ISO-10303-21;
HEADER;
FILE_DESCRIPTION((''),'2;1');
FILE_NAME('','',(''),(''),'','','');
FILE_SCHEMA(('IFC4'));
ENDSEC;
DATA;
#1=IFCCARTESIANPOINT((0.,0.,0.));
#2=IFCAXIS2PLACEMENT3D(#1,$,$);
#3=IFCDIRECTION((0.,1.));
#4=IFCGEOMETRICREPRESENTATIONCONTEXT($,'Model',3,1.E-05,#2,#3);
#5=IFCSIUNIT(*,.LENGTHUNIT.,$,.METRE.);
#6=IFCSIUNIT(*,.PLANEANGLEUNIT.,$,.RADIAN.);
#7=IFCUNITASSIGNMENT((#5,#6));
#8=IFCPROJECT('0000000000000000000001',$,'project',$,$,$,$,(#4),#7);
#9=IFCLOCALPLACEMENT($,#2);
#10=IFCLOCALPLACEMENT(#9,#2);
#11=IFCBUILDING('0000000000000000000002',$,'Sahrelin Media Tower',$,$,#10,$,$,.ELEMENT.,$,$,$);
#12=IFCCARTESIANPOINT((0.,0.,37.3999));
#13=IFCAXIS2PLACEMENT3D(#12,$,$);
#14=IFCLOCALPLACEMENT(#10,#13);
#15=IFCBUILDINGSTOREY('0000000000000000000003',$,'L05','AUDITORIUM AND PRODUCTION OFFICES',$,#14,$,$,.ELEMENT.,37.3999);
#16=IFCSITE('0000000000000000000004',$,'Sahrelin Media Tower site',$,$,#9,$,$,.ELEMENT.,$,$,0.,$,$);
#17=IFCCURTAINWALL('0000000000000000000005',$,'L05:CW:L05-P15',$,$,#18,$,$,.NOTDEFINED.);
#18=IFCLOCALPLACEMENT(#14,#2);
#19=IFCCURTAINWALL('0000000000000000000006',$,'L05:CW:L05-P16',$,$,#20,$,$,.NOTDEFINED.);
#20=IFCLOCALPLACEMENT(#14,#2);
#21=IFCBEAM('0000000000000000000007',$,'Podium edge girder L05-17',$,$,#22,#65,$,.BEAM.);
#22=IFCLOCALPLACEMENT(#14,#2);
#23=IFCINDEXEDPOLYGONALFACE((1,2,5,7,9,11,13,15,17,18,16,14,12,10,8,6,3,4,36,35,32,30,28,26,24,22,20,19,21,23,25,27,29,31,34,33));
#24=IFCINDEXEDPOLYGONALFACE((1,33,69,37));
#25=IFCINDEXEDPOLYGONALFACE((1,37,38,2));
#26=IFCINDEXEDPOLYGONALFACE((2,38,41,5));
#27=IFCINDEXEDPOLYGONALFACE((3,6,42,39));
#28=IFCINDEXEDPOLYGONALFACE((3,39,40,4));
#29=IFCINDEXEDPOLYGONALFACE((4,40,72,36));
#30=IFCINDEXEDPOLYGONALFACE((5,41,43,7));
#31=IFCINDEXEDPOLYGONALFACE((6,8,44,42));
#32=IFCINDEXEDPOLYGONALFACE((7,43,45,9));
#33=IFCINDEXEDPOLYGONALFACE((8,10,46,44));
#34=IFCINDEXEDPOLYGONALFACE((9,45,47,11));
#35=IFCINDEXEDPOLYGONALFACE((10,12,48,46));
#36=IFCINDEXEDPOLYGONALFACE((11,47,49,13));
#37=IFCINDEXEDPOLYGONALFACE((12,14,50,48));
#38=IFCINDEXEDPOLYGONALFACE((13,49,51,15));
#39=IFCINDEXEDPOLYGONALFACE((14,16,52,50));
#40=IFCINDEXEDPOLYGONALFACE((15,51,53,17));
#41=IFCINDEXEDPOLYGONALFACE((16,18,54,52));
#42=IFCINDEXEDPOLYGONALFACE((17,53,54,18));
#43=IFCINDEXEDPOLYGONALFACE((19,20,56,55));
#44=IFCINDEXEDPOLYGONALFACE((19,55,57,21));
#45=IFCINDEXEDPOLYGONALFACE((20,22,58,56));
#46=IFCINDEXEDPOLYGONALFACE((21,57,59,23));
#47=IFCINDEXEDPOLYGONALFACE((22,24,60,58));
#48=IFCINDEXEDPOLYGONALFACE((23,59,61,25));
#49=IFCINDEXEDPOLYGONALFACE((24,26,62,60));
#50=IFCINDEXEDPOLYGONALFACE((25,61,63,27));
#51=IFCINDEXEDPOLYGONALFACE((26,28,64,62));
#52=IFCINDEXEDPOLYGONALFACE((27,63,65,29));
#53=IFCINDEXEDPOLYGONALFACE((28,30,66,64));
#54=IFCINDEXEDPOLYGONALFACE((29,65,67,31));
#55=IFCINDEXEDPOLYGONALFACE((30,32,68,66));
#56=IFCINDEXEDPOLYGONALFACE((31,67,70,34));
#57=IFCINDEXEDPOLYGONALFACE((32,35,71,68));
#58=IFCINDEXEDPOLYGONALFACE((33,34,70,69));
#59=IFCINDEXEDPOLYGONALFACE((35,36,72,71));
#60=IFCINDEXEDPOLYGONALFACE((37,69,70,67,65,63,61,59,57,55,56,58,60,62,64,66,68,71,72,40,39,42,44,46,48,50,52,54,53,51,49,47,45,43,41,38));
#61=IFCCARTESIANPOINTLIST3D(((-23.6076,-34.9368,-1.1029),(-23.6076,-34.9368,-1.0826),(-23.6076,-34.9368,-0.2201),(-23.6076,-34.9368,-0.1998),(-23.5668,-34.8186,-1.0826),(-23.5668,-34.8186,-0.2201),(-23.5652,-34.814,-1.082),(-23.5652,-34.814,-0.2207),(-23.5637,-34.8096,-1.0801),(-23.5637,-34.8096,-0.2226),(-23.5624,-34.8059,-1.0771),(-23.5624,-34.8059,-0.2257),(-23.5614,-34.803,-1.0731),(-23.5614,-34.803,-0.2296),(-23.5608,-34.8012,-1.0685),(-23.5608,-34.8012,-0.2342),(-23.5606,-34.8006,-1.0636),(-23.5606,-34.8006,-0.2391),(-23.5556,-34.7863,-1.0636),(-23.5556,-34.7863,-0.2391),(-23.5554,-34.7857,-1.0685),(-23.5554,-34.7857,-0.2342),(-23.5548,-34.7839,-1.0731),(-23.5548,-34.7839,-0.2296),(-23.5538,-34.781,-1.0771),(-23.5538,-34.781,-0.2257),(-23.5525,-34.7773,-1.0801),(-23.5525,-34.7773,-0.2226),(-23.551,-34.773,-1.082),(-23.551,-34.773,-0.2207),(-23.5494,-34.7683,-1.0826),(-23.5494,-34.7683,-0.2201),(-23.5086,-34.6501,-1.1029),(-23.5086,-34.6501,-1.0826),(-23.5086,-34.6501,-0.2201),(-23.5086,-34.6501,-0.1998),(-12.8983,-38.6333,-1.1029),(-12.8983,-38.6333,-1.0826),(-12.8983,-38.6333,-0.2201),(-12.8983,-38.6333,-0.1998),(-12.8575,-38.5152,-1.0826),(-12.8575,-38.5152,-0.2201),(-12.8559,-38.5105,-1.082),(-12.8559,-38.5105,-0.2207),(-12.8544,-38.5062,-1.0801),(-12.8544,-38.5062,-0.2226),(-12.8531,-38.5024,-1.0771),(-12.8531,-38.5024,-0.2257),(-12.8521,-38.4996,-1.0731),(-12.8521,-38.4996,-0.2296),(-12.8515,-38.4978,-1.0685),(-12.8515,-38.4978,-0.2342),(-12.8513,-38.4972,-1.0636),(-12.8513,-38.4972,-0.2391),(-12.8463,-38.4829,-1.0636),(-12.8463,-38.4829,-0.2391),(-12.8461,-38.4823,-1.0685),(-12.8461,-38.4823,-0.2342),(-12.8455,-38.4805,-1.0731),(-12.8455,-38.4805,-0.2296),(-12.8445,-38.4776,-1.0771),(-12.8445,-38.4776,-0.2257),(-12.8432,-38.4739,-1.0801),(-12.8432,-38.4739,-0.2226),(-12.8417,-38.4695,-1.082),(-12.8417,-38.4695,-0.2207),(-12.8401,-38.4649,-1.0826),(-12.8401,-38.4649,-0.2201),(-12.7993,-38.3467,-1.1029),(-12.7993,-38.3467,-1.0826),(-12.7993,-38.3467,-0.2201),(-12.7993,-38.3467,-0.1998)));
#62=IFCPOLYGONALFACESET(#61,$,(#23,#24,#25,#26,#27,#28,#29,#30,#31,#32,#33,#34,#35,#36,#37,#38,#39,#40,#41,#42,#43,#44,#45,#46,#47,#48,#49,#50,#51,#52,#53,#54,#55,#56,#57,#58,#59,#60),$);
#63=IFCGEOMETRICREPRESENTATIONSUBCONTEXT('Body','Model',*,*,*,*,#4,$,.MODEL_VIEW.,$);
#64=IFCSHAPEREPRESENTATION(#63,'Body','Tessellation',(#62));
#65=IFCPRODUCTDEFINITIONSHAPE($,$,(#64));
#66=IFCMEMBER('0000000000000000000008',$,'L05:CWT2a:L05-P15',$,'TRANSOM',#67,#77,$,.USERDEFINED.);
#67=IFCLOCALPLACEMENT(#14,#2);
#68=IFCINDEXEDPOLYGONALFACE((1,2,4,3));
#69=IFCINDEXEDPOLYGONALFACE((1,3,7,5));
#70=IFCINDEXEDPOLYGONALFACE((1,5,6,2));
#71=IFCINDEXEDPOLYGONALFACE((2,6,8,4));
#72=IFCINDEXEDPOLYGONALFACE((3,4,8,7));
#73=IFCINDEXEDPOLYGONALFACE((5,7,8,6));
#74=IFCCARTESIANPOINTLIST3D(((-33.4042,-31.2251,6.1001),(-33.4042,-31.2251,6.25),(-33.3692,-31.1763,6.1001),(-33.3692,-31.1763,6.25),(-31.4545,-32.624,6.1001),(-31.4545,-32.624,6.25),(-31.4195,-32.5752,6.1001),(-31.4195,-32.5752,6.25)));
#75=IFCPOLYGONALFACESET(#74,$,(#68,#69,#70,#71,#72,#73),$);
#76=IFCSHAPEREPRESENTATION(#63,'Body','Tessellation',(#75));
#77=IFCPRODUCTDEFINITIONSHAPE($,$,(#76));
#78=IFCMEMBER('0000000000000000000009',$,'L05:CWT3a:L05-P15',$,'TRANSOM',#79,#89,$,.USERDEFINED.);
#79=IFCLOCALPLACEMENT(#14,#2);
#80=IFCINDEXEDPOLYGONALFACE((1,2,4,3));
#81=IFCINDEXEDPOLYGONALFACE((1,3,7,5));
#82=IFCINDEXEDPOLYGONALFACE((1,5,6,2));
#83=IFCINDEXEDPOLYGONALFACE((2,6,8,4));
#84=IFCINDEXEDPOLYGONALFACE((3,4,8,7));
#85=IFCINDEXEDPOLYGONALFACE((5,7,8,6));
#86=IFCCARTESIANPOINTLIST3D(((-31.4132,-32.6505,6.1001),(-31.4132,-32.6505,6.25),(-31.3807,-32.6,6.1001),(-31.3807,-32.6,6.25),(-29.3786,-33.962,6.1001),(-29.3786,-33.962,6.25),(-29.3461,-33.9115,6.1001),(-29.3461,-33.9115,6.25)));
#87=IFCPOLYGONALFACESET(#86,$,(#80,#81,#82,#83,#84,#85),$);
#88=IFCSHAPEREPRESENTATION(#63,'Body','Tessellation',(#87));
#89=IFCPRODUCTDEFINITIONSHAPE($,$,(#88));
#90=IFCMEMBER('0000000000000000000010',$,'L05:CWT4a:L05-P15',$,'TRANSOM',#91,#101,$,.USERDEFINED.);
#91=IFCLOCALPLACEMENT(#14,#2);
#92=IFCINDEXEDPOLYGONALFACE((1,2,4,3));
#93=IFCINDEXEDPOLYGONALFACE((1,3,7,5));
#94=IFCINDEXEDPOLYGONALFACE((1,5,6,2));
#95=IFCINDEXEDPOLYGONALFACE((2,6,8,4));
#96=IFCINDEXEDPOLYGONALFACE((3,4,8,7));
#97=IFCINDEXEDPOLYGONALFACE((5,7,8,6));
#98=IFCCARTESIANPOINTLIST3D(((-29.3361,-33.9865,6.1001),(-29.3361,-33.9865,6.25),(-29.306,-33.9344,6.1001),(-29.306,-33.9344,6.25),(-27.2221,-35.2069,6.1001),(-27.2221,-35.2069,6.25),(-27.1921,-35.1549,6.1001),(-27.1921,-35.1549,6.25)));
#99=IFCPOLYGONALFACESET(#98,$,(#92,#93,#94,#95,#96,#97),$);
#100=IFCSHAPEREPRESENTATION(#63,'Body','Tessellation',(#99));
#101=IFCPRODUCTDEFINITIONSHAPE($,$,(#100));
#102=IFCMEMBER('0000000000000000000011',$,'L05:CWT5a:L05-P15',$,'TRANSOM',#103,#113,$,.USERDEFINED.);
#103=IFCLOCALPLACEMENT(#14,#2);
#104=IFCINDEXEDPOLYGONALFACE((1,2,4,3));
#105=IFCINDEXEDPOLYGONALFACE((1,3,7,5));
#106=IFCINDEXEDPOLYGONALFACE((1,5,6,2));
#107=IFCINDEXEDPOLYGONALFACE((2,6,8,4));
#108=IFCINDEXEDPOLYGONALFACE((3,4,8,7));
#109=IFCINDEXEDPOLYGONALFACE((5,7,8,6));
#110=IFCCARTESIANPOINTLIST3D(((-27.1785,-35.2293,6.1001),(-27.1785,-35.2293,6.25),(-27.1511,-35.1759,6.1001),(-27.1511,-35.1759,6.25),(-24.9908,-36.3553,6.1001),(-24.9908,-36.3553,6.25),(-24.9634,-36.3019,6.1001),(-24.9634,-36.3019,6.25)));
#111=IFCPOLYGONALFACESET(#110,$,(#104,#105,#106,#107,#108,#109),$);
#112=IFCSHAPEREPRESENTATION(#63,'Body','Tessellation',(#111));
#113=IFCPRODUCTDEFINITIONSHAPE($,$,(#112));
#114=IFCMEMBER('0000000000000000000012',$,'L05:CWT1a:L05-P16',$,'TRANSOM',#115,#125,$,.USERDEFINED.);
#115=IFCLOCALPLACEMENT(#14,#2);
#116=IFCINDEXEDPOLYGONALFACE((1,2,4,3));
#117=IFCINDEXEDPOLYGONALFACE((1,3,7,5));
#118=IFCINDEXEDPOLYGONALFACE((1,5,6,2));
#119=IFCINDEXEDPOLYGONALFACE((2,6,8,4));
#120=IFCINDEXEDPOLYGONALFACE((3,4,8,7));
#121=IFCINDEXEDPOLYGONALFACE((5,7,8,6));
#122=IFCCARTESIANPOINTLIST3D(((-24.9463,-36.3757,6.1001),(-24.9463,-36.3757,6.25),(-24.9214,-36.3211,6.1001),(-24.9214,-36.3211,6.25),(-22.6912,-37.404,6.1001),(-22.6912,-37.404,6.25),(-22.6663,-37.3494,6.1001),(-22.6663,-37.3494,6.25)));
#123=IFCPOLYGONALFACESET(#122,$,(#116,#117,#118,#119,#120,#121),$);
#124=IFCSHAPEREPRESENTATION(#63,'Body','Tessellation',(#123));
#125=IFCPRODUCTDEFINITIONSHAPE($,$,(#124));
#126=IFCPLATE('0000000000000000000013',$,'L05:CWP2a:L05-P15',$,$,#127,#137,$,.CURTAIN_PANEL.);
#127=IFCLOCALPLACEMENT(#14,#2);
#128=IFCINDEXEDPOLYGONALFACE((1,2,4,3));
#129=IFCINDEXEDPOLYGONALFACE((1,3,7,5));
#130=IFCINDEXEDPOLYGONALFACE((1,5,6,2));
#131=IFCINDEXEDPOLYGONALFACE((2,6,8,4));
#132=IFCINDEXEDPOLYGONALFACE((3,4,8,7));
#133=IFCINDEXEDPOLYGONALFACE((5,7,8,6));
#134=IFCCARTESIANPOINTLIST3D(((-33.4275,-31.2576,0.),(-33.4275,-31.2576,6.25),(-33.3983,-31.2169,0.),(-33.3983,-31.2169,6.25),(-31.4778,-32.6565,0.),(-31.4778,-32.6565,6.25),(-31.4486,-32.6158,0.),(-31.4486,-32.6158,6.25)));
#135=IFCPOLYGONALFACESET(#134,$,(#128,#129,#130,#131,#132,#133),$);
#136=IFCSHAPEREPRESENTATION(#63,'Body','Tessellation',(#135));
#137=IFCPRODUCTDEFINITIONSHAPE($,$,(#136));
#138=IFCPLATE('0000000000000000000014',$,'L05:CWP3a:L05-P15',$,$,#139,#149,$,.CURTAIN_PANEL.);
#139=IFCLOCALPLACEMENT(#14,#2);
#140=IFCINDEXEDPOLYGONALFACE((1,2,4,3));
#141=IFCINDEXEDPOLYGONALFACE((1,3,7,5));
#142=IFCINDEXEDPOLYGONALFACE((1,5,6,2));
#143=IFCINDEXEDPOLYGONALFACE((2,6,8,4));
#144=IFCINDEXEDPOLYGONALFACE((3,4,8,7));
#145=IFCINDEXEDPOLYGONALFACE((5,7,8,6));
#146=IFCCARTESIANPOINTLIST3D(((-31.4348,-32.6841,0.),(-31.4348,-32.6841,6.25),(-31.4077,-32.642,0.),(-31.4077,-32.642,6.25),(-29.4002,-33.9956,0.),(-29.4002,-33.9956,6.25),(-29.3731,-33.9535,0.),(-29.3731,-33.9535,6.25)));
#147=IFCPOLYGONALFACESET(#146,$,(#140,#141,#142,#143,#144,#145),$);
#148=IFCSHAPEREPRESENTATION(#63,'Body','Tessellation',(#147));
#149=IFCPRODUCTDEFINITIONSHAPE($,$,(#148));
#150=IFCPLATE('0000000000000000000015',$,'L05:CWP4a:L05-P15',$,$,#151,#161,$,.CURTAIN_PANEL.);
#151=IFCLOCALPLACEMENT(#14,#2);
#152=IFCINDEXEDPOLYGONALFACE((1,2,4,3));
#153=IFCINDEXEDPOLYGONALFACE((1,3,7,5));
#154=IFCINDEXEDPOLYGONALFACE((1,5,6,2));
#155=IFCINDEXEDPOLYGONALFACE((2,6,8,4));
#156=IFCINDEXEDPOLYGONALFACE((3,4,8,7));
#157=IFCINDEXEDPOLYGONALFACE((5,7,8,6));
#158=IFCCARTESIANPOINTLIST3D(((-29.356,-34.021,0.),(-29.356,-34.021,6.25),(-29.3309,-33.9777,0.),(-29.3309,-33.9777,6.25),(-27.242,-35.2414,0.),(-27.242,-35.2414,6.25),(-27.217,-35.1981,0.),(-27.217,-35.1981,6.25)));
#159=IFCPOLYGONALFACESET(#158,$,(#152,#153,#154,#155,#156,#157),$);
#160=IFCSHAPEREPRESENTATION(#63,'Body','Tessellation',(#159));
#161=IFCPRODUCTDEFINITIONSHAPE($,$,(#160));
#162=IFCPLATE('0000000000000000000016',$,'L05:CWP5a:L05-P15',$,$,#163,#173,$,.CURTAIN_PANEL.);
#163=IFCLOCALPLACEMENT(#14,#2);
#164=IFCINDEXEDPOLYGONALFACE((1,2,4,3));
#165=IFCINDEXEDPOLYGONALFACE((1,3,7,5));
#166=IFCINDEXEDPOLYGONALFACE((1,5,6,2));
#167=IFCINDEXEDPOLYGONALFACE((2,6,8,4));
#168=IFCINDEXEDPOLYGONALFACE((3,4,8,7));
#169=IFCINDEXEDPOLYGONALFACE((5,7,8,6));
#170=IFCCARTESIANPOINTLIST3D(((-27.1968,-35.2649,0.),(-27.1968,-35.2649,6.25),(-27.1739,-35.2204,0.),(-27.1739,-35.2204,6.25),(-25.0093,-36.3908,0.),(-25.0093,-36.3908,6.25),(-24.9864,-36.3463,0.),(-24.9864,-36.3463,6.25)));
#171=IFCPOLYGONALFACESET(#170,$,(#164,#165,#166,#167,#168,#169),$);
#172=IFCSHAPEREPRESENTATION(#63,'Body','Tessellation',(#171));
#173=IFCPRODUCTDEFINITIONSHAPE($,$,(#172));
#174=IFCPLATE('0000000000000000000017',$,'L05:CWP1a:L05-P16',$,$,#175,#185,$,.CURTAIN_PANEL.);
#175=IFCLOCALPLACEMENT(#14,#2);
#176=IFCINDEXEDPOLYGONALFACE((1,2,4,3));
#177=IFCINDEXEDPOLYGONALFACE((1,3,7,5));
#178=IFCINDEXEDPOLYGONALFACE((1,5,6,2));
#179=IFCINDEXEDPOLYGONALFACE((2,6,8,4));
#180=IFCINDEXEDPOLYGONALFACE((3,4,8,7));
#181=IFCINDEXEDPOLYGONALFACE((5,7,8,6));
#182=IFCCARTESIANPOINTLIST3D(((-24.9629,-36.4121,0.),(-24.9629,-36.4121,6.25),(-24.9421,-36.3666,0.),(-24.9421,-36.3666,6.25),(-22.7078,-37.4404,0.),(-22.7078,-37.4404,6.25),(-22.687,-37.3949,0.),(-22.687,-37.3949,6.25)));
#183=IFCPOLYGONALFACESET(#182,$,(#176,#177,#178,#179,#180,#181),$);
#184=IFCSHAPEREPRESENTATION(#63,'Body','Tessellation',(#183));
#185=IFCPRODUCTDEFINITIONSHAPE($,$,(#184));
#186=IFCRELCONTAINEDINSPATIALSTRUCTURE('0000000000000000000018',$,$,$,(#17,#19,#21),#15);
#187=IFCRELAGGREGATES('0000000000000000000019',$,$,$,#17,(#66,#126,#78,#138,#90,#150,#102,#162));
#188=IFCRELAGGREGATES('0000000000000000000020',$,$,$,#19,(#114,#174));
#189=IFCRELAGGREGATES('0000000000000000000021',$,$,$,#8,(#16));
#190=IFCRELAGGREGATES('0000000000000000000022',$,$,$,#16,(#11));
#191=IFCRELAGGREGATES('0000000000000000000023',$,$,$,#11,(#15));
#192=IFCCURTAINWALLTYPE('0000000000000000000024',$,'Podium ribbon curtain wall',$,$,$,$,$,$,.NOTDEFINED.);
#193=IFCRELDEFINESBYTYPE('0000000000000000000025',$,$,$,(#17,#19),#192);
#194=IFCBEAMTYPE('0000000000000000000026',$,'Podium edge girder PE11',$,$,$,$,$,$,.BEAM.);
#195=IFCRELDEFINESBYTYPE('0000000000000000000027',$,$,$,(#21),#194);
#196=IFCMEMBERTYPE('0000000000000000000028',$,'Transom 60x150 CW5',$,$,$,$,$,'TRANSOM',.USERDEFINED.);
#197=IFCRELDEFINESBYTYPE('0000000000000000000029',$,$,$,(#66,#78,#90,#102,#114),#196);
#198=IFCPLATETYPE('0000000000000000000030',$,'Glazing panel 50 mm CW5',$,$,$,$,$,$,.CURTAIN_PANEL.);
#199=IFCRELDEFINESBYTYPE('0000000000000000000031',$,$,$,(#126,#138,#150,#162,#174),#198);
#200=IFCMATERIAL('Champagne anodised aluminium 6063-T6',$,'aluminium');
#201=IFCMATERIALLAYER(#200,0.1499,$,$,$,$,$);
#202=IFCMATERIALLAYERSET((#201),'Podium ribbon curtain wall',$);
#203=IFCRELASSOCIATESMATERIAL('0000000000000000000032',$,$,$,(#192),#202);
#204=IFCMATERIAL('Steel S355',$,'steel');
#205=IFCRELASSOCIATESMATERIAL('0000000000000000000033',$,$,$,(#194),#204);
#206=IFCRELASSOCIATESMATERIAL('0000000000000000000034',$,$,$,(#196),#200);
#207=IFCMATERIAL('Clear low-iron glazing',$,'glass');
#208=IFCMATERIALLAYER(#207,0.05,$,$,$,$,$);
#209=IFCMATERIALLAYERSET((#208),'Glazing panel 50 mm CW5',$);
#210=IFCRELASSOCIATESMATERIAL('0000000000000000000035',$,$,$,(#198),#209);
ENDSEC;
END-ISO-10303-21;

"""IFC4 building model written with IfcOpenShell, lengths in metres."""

from ifc_helpers import new_model, si_unit, direction, frame, origin, origin_2d, place, context, subcontext, project, spatial, polyline, rectangle, i_section, outline, extrude, material, layer, layer_set, material_profile, profile_set, type_object, element, aggregate, save


model = new_model("IFC4")

# Units and contexts
model_context = context("Model", 3, precision=1e-05, world=origin(), true_north=direction((0.0, 1.0)))
body_context = subcontext(model_context, "Body", "Model", "MODEL_VIEW")
ifc_project = project(units=[si_unit("LENGTHUNIT", "METRE"), si_unit("PLANEANGLEUNIT", "RADIAN")], contexts=[model_context])

# Site, building, storey
site_placement = place(None, origin())
site = spatial("IfcSite", under=ifc_project, at=site_placement, Name="Sahrelin Media Tower site", CompositionType="ELEMENT", RefElevation=0.0)
building_placement = place(site_placement, origin())
building = spatial("IfcBuilding", under=site, at=building_placement, Name="Sahrelin Media Tower", CompositionType="ELEMENT")
storey_placement = place(building_placement, frame((0.0, 0.0, 37.3999)))
storey = spatial("IfcBuildingStorey", under=building, at=storey_placement, Name="L05", Description="AUDITORIUM AND PRODUCTION OFFICES", CompositionType="ELEMENT", Elevation=37.3999)

# Curtain wall
ifc_material_1 = material(Name="Champagne anodised aluminium 6063-T6", Category="aluminium")
ifc_layer_1 = layer(ifc_material_1, 0.1499)
ifc_layer_set_1 = layer_set([ifc_layer_1], Name="Podium ribbon curtain wall")
curtain_wall_type = type_object("IfcCurtainWallType", Name="Podium ribbon curtain wall", PredefinedType="NOTDEFINED", material=ifc_layer_set_1)
curtain_wall_1_placement = place(storey_placement, frame((-35.3552, -29.6985, 0.0), z_axis=(0.0, 0.0, 1.0), x_axis=(1.0, 0.0, 0.0)))
curtain_wall_1 = element("IfcCurtainWall", 1, at=curtain_wall_1_placement, inside=storey, type_object=curtain_wall_type, Name="L05:CW:L05-P15", PredefinedType="NOTDEFINED")

# Curtain wall
curtain_wall_2_placement = place(storey_placement, frame((-25.0, -36.373, 0.0), z_axis=(0.0, 0.0, 1.0), x_axis=(1.0, 0.0, 0.0)))
curtain_wall_2 = element("IfcCurtainWall", 2, at=curtain_wall_2_placement, inside=storey, type_object=curtain_wall_type, Name="L05:CW:L05-P16", PredefinedType="NOTDEFINED")

# Beam
ifc_material_2 = material(Name="Steel S355", Category="steel")
ifc_material_profile_1 = material_profile(ifc_material_2, i_section(OverallWidth=0.3032, OverallDepth=0.9031, WebThickness=0.0151, FlangeThickness=0.0203, FilletRadius=0.019, at=origin_2d()), Name="UB 914x305x201")
ifc_profile_set_1 = profile_set([ifc_material_profile_1], Name="Steel S355")
beam_type = type_object("IfcBeamType", Name="Podium edge girder PE11", PredefinedType="BEAM", material=ifc_profile_set_1)
beam_1_placement = place(storey_placement, frame((-23.5581, -34.7935, -0.6514), z_axis=(0.945272, -0.326282, 0.0), x_axis=(0.326282, 0.945272, 0.0)))
element("IfcBeam", 3, at=beam_1_placement, inside=storey, type_object=beam_type, Name="Podium edge girder L05-17", PredefinedType="BEAM", context=body_context, shape_type="SweptSolid", body=[
    extrude(i_section(OverallWidth=0.3032, OverallDepth=0.9031, WebThickness=0.0151, FlangeThickness=0.0203, FilletRadius=0.019, at=origin_2d()), origin(), (0.0, 0.0, 1.0), 11.3293),
])

# Members
ifc_material_profile_2 = material_profile(ifc_material_1, rectangle(XDim=0.0601, YDim=0.1499, at=origin_2d()), Name="Transom 60x150")
ifc_profile_set_2 = profile_set([ifc_material_profile_2], Name="Champagne anodised aluminium 6063-T6")
member_type_1 = type_object("IfcMemberType", Name="Transom 60x150 CW5", ElementType="TRANSOM", PredefinedType="USERDEFINED", material=ifc_profile_set_2)
member_1_placement = place(storey_placement, frame((-33.3867, -31.2007, 6.175), z_axis=(0.812494, -0.582969, 0.0), x_axis=(0.582969, 0.812494, 0.0)))
member_1 = element("IfcMember", 4, at=member_1_placement, type_object=member_type_1, Name="L05:CWT2a:L05-P15", ObjectType="TRANSOM", PredefinedType="USERDEFINED", context=body_context, shape_type="SweptSolid", body=[
    extrude(rectangle(XDim=0.0601, YDim=0.1499, at=origin_2d()), origin(), (0.0, 0.0, 1.0), 2.3997),
])
member_2_placement = place(storey_placement, frame((-31.397, -32.6252, 6.175), z_axis=(0.840516, -0.541787, 0.0), x_axis=(0.541787, 0.840516, 0.0)))
member_2 = element("IfcMember", 5, at=member_2_placement, type_object=member_type_1, Name="L05:CWT3a:L05-P15", ObjectType="TRANSOM", PredefinedType="USERDEFINED", context=body_context, shape_type="SweptSolid", body=[
    extrude(rectangle(XDim=0.0601, YDim=0.1499, at=origin_2d()), origin(), (0.0, 0.0, 1.0), 2.4207),
])
member_3_placement = place(storey_placement, frame((-29.321, -33.9604, 6.175), z_axis=(0.866037, -0.499979, 0.0), x_axis=(0.499979, 0.866037, 0.0)))
member_3 = element("IfcMember", 6, at=member_3_placement, type_object=member_type_1, Name="L05:CWT4a:L05-P15", ObjectType="TRANSOM", PredefinedType="USERDEFINED", context=body_context, shape_type="SweptSolid", body=[
    extrude(rectangle(XDim=0.0601, YDim=0.1499, at=origin_2d()), origin(), (0.0, 0.0, 1.0), 2.4409),
])
member_4_placement = place(storey_placement, frame((-27.1648, -35.2026, 6.175), z_axis=(0.889147, -0.457622, 0.0), x_axis=(0.457622, 0.889147, 0.0)))
member_4 = element("IfcMember", 7, at=member_4_placement, type_object=member_type_1, Name="L05:CWT5a:L05-P15", ObjectType="TRANSOM", PredefinedType="USERDEFINED", context=body_context, shape_type="SweptSolid", body=[
    extrude(rectangle(XDim=0.0601, YDim=0.1499, at=origin_2d()), origin(), (0.0, 0.0, 1.0), 2.4604),
])
member_5_placement = place(storey_placement, frame((-24.9338, -36.3484, 6.175), z_axis=(0.90987, -0.414894, 0.0), x_axis=(0.414894, 0.90987, 0.0)))
member_5 = element("IfcMember", 8, at=member_5_placement, type_object=member_type_1, Name="L05:CWT1a:L05-P16", ObjectType="TRANSOM", PredefinedType="USERDEFINED", context=body_context, shape_type="SweptSolid", body=[
    extrude(rectangle(XDim=0.0601, YDim=0.1499, at=origin_2d()), origin(), (0.0, 0.0, 1.0), 2.4785),
])

# Plates
ifc_material_3 = material(Name="Clear low-iron glazing", Category="glass")
ifc_layer_2 = layer(ifc_material_3, 0.05)
ifc_layer_set_2 = layer_set([ifc_layer_2], Name="Glazing panel 50 mm CW5")
plate_type = type_object("IfcPlateType", Name="Glazing panel 50 mm CW5", PredefinedType="CURTAIN_PANEL", material=ifc_layer_set_2)
plate_1_placement = place(storey_placement, frame((-33.4275, -31.2576, 0.0), z_axis=(-0.582969, -0.812494, 0.0), x_axis=(0.812494, -0.582969, 0.0)))
plate_1 = element("IfcPlate", 9, at=plate_1_placement, type_object=plate_type, Name="L05:CWP2a:L05-P15", PredefinedType="CURTAIN_PANEL", context=body_context, shape_type="SweptSolid", body=[
    extrude(outline(polyline([(0.0, 0.0), (2.3997, 0.0), (2.3997, 6.25), (0.0, 6.25), (0.0, 0.0)])), origin(), (0.0, 0.0, -1.0), 0.05),
])
plate_2_placement = place(storey_placement, frame((-31.4348, -32.6841, 0.0), z_axis=(-0.541787, -0.840516, 0.0), x_axis=(0.840516, -0.541787, 0.0)))
plate_2 = element("IfcPlate", 10, at=plate_2_placement, type_object=plate_type, Name="L05:CWP3a:L05-P15", PredefinedType="CURTAIN_PANEL", context=body_context, shape_type="SweptSolid", body=[
    extrude(outline(polyline([(0.0, 0.0), (2.4207, 0.0), (2.4207, 6.25), (0.0, 6.25), (0.0, 0.0)])), origin(), (0.0, 0.0, -1.0), 0.05),
])
plate_3_placement = place(storey_placement, frame((-29.356, -34.021, 0.0), z_axis=(-0.499979, -0.866037, 0.0), x_axis=(0.866037, -0.499979, 0.0)))
plate_3 = element("IfcPlate", 11, at=plate_3_placement, type_object=plate_type, Name="L05:CWP4a:L05-P15", PredefinedType="CURTAIN_PANEL", context=body_context, shape_type="SweptSolid", body=[
    extrude(outline(polyline([(0.0, 0.0), (2.4409, 0.0), (2.4409, 6.25), (0.0, 6.25), (0.0, 0.0)])), origin(), (0.0, 0.0, -1.0), 0.05),
])
plate_4_placement = place(storey_placement, frame((-27.1968, -35.2649, 0.0), z_axis=(-0.457662, -0.889126, 0.0), x_axis=(0.889126, -0.457662, 0.0)))
plate_4 = element("IfcPlate", 12, at=plate_4_placement, type_object=plate_type, Name="L05:CWP5a:L05-P15", PredefinedType="CURTAIN_PANEL", context=body_context, shape_type="SweptSolid", body=[
    extrude(outline(polyline([(0.0, 0.0), (2.4602, 0.0), (2.4602, 6.25), (0.0, 6.25), (0.0, 0.0)])), origin(), (0.0, 0.0, -1.0), 0.05),
])
aggregate(curtain_wall_1, [member_1, plate_1, member_2, plate_2, member_3, plate_3, member_4, plate_4])
plate_5_placement = place(storey_placement, frame((-24.9629, -36.4121, 0.0), z_axis=(-0.414894, -0.90987, 0.0), x_axis=(0.90987, -0.414894, 0.0)))
plate_5 = element("IfcPlate", 13, at=plate_5_placement, type_object=plate_type, Name="L05:CWP1a:L05-P16", PredefinedType="CURTAIN_PANEL", context=body_context, shape_type="SweptSolid", body=[
    extrude(outline(polyline([(0.0, 0.0), (2.4785, 0.0), (2.4785, 6.25), (0.0, 6.25), (0.0, 0.0)])), origin(), (0.0, 0.0, -1.0), 0.05),
])
aggregate(curtain_wall_2, [member_5, plate_5])

save(model, "model.ifc")
